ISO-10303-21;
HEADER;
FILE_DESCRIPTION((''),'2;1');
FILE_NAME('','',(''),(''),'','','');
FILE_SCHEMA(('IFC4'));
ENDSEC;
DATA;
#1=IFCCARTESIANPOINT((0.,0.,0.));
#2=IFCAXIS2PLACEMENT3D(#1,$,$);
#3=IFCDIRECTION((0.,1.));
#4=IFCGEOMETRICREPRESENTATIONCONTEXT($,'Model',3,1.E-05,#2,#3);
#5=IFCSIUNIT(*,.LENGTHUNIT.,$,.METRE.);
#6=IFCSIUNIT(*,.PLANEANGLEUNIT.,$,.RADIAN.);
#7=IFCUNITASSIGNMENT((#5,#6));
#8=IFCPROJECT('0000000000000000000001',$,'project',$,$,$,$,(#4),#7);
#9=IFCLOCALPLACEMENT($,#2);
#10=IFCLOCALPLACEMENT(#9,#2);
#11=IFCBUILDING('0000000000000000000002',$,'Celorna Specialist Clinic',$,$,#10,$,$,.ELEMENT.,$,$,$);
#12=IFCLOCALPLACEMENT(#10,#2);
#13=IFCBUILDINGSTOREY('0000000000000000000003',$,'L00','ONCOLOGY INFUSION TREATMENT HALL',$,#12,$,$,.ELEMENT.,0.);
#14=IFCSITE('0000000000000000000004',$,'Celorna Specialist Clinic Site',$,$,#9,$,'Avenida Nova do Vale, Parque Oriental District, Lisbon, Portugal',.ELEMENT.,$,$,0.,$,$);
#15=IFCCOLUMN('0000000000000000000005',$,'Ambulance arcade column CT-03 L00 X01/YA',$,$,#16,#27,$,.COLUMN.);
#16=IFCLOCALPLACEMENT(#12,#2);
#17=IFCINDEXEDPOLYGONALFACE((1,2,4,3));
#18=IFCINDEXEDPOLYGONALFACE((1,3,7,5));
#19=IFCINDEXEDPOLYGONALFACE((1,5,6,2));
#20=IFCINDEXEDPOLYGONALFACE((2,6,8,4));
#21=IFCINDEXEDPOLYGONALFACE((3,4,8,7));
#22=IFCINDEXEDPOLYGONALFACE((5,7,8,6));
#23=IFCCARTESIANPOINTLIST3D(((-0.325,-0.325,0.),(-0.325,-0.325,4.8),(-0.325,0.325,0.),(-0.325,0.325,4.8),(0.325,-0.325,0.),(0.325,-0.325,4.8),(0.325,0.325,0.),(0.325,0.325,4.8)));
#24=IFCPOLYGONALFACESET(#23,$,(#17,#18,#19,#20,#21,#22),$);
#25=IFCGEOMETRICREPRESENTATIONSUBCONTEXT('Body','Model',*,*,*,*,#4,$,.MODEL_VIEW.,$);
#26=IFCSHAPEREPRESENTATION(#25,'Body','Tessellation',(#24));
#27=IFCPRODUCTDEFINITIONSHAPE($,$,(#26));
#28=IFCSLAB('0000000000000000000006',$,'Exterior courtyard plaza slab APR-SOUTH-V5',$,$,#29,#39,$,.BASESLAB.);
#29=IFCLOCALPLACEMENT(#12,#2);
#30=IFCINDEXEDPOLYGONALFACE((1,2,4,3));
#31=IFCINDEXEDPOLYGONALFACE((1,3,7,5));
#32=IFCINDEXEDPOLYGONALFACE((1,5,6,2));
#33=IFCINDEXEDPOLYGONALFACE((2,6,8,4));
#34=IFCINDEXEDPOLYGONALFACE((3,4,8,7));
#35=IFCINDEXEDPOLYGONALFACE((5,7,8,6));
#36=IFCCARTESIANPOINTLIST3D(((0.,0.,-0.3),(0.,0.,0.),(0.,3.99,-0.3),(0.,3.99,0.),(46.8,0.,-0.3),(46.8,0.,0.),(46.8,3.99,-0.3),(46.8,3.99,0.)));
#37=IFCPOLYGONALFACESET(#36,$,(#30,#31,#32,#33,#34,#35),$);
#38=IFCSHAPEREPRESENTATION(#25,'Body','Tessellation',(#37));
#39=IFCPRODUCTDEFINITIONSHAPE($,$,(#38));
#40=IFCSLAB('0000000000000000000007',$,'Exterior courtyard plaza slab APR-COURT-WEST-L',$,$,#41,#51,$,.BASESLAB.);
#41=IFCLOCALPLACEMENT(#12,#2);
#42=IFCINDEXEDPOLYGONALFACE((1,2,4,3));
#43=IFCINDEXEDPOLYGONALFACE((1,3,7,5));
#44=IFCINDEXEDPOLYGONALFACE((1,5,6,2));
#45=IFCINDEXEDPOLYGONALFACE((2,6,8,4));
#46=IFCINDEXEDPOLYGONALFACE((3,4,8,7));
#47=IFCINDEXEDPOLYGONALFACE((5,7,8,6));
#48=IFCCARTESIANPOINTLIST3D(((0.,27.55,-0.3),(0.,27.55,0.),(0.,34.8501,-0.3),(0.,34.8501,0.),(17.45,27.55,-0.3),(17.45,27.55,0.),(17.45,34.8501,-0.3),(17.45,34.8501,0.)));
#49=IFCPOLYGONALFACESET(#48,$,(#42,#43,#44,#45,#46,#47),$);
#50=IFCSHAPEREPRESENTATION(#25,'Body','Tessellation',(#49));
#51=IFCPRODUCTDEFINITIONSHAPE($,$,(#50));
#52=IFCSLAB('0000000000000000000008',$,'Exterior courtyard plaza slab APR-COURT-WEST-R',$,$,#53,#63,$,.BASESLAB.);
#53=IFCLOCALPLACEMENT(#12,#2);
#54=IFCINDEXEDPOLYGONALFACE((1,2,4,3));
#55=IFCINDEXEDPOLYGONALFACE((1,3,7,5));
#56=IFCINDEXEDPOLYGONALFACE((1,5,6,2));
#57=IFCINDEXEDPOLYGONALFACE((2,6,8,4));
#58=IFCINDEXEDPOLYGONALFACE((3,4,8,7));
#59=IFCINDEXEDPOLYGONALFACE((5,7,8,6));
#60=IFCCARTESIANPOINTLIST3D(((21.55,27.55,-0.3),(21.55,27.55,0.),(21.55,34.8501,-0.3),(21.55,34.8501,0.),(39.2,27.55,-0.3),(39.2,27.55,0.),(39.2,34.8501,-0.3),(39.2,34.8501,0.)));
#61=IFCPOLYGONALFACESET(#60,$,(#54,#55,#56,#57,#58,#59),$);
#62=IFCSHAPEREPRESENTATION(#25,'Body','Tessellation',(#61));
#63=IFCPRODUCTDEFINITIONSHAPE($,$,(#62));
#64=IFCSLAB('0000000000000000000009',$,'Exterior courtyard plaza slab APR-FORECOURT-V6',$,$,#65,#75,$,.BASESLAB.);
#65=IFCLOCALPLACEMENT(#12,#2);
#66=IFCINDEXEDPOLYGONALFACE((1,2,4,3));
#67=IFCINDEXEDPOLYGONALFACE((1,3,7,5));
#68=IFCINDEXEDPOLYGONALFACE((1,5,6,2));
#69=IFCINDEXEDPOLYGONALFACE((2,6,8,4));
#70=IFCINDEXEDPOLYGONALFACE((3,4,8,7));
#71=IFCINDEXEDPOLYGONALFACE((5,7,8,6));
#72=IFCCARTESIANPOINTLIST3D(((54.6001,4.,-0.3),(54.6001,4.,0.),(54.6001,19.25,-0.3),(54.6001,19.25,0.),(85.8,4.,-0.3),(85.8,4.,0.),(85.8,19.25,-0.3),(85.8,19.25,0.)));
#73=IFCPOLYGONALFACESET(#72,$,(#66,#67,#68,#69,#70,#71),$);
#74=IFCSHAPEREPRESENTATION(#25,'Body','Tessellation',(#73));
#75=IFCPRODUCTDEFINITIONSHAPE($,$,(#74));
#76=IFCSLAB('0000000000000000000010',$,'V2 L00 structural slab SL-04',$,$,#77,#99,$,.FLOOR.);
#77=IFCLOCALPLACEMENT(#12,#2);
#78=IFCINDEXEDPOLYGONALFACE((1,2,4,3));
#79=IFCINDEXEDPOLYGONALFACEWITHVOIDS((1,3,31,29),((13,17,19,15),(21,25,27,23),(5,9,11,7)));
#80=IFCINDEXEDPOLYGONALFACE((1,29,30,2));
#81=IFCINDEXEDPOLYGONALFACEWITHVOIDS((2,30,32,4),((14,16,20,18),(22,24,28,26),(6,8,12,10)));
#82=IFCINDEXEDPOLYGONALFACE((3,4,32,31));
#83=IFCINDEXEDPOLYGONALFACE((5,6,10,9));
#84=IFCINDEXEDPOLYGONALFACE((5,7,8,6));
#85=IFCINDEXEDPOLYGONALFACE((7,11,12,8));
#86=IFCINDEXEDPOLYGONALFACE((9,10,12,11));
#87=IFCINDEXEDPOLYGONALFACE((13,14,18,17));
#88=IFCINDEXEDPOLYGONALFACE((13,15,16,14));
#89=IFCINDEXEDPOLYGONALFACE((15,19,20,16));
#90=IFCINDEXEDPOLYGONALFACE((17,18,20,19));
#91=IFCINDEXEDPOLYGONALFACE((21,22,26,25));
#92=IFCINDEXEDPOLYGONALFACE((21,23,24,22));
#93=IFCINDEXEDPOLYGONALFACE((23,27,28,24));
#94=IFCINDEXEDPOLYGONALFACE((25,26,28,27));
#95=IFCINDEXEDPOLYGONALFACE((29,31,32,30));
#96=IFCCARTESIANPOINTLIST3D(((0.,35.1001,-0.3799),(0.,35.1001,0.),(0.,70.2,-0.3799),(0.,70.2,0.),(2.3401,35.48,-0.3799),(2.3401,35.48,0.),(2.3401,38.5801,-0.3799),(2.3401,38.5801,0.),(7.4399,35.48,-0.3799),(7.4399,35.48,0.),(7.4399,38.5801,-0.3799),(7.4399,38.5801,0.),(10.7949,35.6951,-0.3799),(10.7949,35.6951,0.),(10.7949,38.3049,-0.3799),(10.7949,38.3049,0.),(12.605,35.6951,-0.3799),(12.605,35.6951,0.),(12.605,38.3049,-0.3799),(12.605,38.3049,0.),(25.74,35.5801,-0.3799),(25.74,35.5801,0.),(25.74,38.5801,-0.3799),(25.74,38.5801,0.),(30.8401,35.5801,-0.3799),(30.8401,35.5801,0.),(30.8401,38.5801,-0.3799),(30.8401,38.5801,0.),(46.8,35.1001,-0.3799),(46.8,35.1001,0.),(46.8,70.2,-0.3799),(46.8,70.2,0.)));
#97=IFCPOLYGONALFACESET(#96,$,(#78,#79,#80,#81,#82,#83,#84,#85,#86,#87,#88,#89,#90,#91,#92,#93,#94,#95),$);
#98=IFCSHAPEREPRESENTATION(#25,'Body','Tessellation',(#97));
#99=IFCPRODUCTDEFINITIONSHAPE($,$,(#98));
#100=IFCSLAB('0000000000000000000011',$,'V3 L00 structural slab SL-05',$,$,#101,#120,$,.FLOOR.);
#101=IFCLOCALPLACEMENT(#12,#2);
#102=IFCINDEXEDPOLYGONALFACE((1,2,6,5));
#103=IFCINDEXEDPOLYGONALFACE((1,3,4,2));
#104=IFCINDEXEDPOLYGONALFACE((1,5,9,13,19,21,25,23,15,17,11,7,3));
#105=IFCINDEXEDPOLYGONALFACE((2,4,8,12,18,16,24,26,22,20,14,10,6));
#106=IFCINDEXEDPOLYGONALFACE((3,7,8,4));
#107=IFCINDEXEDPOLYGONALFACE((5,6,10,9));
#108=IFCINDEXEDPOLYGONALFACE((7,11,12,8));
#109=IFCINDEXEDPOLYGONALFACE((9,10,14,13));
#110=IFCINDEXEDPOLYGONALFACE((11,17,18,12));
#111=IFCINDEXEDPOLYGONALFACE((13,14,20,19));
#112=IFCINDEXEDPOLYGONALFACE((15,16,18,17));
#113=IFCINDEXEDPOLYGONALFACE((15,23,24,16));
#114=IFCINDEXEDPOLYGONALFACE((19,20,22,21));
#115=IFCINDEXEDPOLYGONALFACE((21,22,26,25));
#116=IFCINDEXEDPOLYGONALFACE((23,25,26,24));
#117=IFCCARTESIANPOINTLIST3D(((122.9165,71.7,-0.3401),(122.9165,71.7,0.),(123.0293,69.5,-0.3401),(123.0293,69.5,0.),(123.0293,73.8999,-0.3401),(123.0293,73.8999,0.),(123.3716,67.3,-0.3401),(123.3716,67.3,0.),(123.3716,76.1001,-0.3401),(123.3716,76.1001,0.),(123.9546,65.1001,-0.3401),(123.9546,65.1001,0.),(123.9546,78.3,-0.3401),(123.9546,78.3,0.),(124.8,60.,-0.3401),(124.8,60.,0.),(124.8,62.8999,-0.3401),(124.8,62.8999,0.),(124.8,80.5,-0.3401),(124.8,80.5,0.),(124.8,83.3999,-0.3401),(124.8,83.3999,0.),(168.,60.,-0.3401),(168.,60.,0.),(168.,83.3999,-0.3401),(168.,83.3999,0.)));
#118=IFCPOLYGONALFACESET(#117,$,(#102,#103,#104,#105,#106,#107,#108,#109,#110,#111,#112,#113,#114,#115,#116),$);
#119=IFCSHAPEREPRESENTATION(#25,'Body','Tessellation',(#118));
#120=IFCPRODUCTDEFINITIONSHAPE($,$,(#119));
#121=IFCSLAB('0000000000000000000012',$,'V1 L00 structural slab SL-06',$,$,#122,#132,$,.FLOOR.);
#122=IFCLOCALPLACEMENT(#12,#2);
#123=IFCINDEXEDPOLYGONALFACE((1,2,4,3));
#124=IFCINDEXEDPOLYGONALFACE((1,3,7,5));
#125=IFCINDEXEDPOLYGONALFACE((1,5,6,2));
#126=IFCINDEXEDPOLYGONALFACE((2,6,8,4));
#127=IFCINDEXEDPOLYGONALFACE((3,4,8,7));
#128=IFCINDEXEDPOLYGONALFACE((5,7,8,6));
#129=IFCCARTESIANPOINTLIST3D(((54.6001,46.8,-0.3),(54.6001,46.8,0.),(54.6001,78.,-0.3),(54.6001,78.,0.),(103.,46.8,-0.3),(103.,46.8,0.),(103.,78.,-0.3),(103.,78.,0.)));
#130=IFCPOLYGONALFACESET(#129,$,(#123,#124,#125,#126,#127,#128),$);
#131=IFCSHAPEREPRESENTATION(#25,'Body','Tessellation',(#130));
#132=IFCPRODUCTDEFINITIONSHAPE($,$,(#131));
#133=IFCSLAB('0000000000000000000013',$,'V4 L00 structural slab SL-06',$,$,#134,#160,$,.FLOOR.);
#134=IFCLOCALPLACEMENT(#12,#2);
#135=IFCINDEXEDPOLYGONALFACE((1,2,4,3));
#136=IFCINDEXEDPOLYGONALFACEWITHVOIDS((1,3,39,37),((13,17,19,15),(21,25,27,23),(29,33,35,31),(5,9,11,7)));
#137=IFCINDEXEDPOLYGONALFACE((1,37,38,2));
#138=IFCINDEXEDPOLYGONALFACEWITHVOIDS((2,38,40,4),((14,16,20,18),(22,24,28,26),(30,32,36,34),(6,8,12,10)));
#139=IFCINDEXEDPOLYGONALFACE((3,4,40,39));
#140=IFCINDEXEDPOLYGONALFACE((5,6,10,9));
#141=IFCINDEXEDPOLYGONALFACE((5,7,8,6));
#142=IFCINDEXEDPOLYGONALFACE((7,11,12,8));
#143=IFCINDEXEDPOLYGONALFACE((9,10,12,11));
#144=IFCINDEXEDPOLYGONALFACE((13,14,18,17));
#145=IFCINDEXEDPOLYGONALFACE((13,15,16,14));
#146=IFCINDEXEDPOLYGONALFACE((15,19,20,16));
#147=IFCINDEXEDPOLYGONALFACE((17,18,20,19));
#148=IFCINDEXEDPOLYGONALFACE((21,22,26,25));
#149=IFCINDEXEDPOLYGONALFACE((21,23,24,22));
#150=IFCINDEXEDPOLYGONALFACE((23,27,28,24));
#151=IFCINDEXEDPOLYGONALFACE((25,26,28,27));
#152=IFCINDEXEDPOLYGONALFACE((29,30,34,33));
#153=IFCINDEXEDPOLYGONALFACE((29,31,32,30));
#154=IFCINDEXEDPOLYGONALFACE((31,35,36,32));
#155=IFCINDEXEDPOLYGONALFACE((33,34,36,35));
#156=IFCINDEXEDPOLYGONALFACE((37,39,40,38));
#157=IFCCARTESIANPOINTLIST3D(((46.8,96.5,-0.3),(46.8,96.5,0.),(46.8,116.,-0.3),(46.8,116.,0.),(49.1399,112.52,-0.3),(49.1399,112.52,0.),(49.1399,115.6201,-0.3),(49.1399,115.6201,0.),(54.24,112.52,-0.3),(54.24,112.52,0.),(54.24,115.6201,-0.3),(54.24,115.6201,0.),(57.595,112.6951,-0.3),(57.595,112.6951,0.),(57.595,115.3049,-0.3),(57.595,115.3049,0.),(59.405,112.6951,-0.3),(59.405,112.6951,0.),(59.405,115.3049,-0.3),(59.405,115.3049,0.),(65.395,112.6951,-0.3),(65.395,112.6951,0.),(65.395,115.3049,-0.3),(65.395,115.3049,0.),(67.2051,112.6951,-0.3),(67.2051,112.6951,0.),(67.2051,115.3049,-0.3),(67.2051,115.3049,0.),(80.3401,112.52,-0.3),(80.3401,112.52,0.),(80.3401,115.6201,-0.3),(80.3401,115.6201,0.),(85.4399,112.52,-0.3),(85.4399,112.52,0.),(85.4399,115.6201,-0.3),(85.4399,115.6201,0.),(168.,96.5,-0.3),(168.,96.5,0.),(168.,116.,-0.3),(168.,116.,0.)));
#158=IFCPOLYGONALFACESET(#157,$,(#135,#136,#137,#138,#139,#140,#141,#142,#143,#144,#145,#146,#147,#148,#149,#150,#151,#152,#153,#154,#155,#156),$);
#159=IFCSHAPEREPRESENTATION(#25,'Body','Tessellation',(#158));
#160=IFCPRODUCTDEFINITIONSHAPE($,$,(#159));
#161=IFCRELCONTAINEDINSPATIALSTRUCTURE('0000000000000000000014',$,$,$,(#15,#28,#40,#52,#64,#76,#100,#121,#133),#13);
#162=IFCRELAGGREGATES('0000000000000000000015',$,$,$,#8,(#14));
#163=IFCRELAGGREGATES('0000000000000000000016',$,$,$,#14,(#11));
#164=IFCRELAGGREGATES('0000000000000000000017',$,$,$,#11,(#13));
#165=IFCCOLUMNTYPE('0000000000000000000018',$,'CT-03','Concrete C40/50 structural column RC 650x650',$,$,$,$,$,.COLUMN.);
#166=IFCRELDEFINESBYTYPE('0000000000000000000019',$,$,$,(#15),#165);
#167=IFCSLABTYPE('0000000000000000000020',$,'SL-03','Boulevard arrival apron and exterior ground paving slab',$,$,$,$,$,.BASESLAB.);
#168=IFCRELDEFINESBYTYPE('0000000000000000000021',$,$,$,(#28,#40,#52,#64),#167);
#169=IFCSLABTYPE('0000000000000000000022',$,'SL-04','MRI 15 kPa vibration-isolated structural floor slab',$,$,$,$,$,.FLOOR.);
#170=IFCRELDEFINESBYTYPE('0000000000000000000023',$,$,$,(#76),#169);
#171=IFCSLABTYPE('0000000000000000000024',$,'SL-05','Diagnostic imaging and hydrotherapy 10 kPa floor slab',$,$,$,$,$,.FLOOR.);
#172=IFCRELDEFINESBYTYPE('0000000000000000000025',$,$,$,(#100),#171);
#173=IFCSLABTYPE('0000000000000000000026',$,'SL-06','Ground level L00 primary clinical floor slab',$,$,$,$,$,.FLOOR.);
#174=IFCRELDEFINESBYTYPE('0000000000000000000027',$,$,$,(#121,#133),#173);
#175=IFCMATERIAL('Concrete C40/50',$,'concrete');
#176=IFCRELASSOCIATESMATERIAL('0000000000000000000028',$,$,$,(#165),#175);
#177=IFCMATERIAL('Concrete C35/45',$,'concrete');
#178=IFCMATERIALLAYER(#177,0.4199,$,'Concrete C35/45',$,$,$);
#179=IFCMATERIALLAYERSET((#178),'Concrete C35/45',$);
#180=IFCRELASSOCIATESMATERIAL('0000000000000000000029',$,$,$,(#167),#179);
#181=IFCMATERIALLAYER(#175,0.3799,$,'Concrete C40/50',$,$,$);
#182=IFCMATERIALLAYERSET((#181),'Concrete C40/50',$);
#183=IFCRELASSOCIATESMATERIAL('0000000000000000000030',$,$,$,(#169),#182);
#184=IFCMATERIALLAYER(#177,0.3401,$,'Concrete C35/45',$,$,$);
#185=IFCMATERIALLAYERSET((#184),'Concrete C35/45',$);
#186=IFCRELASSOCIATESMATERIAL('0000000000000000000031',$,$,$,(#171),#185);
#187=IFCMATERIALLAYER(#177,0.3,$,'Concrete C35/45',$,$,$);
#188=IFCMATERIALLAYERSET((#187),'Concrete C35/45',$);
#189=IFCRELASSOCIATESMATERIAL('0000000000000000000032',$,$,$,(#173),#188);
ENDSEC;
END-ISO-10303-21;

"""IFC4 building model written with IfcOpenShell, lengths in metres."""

from ifc_helpers import new_model, si_unit, direction, frame, origin, origin_with_axes, origin_2d, place, context, subcontext, project, spatial, polyline, rectangle, outline, extrude, material, layer, layer_set, material_profile, profile_set, type_object, element, save


model = new_model("IFC4")

# Units and contexts
model_context = context("Model", 3, precision=1e-05, world=origin(), true_north=direction((0.0, 1.0)))
body_context = subcontext(model_context, "Body", "Model", "MODEL_VIEW")
ifc_project = project(units=[si_unit("LENGTHUNIT", "METRE"), si_unit("PLANEANGLEUNIT", "RADIAN")], contexts=[model_context])

# Site, building, storey
site_placement = place(None, origin())
site = spatial("IfcSite", under=ifc_project, at=site_placement, Name="Celorna Specialist Clinic Site", LongName="Avenida Nova do Vale, Parque Oriental District, Lisbon, Portugal", CompositionType="ELEMENT", RefElevation=0.0)
building_placement = place(site_placement, origin())
building = spatial("IfcBuilding", under=site, at=building_placement, Name="Celorna Specialist Clinic", CompositionType="ELEMENT")
storey_placement = place(building_placement, origin())
storey = spatial("IfcBuildingStorey", under=building, at=storey_placement, Name="L00", Description="ONCOLOGY INFUSION TREATMENT HALL", CompositionType="ELEMENT", Elevation=0.0)

# Column
ifc_material_1 = material(Name="Concrete C40/50", Category="concrete")
ifc_material_profile = material_profile(ifc_material_1, rectangle(XDim=0.6499, YDim=0.6499, at=origin_2d()), Name="RC 650x650")
ifc_profile_set = profile_set([ifc_material_profile], Name="Concrete C40/50")
column_type = type_object("IfcColumnType", Name="CT-03", Description="Concrete C40/50 structural column RC 650x650", PredefinedType="COLUMN", material=ifc_profile_set)
column_placement = place(storey_placement, origin_with_axes())
element("IfcColumn", 1, at=column_placement, inside=storey, type_object=column_type, Name="Ambulance arcade column CT-03 L00 X01/YA", PredefinedType="COLUMN", context=body_context, shape_type="SweptSolid", body=[
    extrude(rectangle(XDim=0.6499, YDim=0.6499, at=origin_2d()), origin(), (0.0, 0.0, 1.0), 4.8),
])

# Slabs
ifc_material_2 = material(Name="Concrete C35/45", Category="concrete")
ifc_layer_1 = layer(ifc_material_2, 0.4199, Name="Concrete C35/45")
ifc_layer_set_1 = layer_set([ifc_layer_1], Name="Concrete C35/45")
slab_type_1 = type_object("IfcSlabType", Name="SL-03", Description="Boulevard arrival apron and exterior ground paving slab", PredefinedType="BASESLAB", material=ifc_layer_set_1)
slab_1_placement = place(storey_placement, frame((0.0, 0.0, -0.3)))
element("IfcSlab", 2, at=slab_1_placement, inside=storey, type_object=slab_type_1, Name="Exterior courtyard plaza slab APR-SOUTH-V5", PredefinedType="BASESLAB", context=body_context, shape_type="SweptSolid", body=[
    extrude(outline(polyline([(0.0, 0.0), (46.8, 0.0), (46.8, 3.99), (0.0, 3.99), (0.0, 0.0)])), origin(), (0.0, 0.0, 1.0), 0.3),
])
slab_2_placement = place(storey_placement, frame((0.0, 0.0, -0.3)))
element("IfcSlab", 3, at=slab_2_placement, inside=storey, type_object=slab_type_1, Name="Exterior courtyard plaza slab APR-COURT-WEST-L", PredefinedType="BASESLAB", context=body_context, shape_type="SweptSolid", body=[
    extrude(outline(polyline([(0.0, 27.55), (17.45, 27.55), (17.45, 34.8501), (0.0, 34.8501), (0.0, 27.55)])), origin(), (0.0, 0.0, 1.0), 0.3),
])
slab_3_placement = place(storey_placement, frame((0.0, 0.0, -0.3)))
element("IfcSlab", 4, at=slab_3_placement, inside=storey, type_object=slab_type_1, Name="Exterior courtyard plaza slab APR-COURT-WEST-R", PredefinedType="BASESLAB", context=body_context, shape_type="SweptSolid", body=[
    extrude(outline(polyline([(21.55, 27.55), (39.2, 27.55), (39.2, 34.8501), (21.55, 34.8501), (21.55, 27.55)])), origin(), (0.0, 0.0, 1.0), 0.3),
])
slab_4_placement = place(storey_placement, frame((0.0, 0.0, -0.3)))
element("IfcSlab", 5, at=slab_4_placement, inside=storey, type_object=slab_type_1, Name="Exterior courtyard plaza slab APR-FORECOURT-V6", PredefinedType="BASESLAB", context=body_context, shape_type="SweptSolid", body=[
    extrude(outline(polyline([(54.6001, 4.0), (85.8, 4.0), (85.8, 19.25), (54.6001, 19.25), (54.6001, 4.0)])), origin(), (0.0, 0.0, 1.0), 0.3),
])
ifc_layer_2 = layer(ifc_material_1, 0.3799, Name="Concrete C40/50")
ifc_layer_set_2 = layer_set([ifc_layer_2], Name="Concrete C40/50")
slab_type_2 = type_object("IfcSlabType", Name="SL-04", Description="MRI 15 kPa vibration-isolated structural floor slab", PredefinedType="FLOOR", material=ifc_layer_set_2)
slab_5_placement = place(storey_placement, frame((0.0, 0.0, -0.3799)))
element("IfcSlab", 6, at=slab_5_placement, inside=storey, type_object=slab_type_2, Name="V2 L00 structural slab SL-04", PredefinedType="FLOOR", context=body_context, shape_type="SweptSolid", body=[
    extrude(outline(polyline([(46.8, 35.1001), (46.8, 70.2), (0.0, 70.2), (0.0, 35.1001), (46.8, 35.1001)]), holes=[polyline([(2.3401, 35.48), (7.4399, 35.48), (7.4399, 38.5801), (2.3401, 38.5801), (2.3401, 35.48)]), polyline([(25.74, 35.5801), (30.8401, 35.5801), (30.8401, 38.5801), (25.74, 38.5801), (25.74, 35.5801)]), polyline([(10.7949, 35.6951), (12.605, 35.6951), (12.605, 38.3049), (10.7949, 38.3049), (10.7949, 35.6951)])]), origin(), (0.0, 0.0, 1.0), 0.3799),
])
ifc_layer_3 = layer(ifc_material_2, 0.3401, Name="Concrete C35/45")
ifc_layer_set_3 = layer_set([ifc_layer_3], Name="Concrete C35/45")
slab_type_3 = type_object("IfcSlabType", Name="SL-05", Description="Diagnostic imaging and hydrotherapy 10 kPa floor slab", PredefinedType="FLOOR", material=ifc_layer_set_3)
slab_6_placement = place(storey_placement, frame((0.0, 0.0, -0.3401)))
element("IfcSlab", 7, at=slab_6_placement, inside=storey, type_object=slab_type_3, Name="V3 L00 structural slab SL-05", PredefinedType="FLOOR", context=body_context, shape_type="SweptSolid", body=[
    extrude(outline(polyline([(123.9546, 65.1001), (123.3716, 67.3), (123.0293, 69.5), (122.9165, 71.7), (123.0293, 73.8999), (123.3716, 76.1001), (123.9546, 78.3), (124.8, 80.5), (124.8, 83.3999), (168.0, 83.3999), (168.0, 60.0), (124.8, 60.0), (124.8, 62.8999), (123.9546, 65.1001)])), origin(), (0.0, 0.0, 1.0), 0.3401),
])
ifc_layer_4 = layer(ifc_material_2, 0.3, Name="Concrete C35/45")
ifc_layer_set_4 = layer_set([ifc_layer_4], Name="Concrete C35/45")
slab_type_4 = type_object("IfcSlabType", Name="SL-06", Description="Ground level L00 primary clinical floor slab", PredefinedType="FLOOR", material=ifc_layer_set_4)
slab_7_placement = place(storey_placement, frame((0.0, 0.0, -0.3)))
element("IfcSlab", 8, at=slab_7_placement, inside=storey, type_object=slab_type_4, Name="V1 L00 structural slab SL-06", PredefinedType="FLOOR", context=body_context, shape_type="SweptSolid", body=[
    extrude(outline(polyline([(103.0, 46.8), (103.0, 78.0), (54.6001, 78.0), (54.6001, 46.8), (103.0, 46.8)])), origin(), (0.0, 0.0, 1.0), 0.3),
])
slab_8_placement = place(storey_placement, frame((0.0, 0.0, -0.3)))
element("IfcSlab", 9, at=slab_8_placement, inside=storey, type_object=slab_type_4, Name="V4 L00 structural slab SL-06", PredefinedType="FLOOR", context=body_context, shape_type="SweptSolid", body=[
    extrude(outline(polyline([(168.0, 96.5), (168.0, 116.0), (46.8, 116.0), (46.8, 96.5), (168.0, 96.5)]), holes=[polyline([(49.1399, 112.52), (54.24, 112.52), (54.24, 115.6201), (49.1399, 115.6201), (49.1399, 112.52)]), polyline([(80.3401, 112.52), (85.4399, 112.52), (85.4399, 115.6201), (80.3401, 115.6201), (80.3401, 112.52)]), polyline([(57.595, 112.6951), (59.405, 112.6951), (59.405, 115.3049), (57.595, 115.3049), (57.595, 112.6951)]), polyline([(65.395, 112.6951), (67.2051, 112.6951), (67.2051, 115.3049), (65.395, 115.3049), (65.395, 112.6951)])]), origin(), (0.0, 0.0, 1.0), 0.3),
])

save(model, "model.ifc")
